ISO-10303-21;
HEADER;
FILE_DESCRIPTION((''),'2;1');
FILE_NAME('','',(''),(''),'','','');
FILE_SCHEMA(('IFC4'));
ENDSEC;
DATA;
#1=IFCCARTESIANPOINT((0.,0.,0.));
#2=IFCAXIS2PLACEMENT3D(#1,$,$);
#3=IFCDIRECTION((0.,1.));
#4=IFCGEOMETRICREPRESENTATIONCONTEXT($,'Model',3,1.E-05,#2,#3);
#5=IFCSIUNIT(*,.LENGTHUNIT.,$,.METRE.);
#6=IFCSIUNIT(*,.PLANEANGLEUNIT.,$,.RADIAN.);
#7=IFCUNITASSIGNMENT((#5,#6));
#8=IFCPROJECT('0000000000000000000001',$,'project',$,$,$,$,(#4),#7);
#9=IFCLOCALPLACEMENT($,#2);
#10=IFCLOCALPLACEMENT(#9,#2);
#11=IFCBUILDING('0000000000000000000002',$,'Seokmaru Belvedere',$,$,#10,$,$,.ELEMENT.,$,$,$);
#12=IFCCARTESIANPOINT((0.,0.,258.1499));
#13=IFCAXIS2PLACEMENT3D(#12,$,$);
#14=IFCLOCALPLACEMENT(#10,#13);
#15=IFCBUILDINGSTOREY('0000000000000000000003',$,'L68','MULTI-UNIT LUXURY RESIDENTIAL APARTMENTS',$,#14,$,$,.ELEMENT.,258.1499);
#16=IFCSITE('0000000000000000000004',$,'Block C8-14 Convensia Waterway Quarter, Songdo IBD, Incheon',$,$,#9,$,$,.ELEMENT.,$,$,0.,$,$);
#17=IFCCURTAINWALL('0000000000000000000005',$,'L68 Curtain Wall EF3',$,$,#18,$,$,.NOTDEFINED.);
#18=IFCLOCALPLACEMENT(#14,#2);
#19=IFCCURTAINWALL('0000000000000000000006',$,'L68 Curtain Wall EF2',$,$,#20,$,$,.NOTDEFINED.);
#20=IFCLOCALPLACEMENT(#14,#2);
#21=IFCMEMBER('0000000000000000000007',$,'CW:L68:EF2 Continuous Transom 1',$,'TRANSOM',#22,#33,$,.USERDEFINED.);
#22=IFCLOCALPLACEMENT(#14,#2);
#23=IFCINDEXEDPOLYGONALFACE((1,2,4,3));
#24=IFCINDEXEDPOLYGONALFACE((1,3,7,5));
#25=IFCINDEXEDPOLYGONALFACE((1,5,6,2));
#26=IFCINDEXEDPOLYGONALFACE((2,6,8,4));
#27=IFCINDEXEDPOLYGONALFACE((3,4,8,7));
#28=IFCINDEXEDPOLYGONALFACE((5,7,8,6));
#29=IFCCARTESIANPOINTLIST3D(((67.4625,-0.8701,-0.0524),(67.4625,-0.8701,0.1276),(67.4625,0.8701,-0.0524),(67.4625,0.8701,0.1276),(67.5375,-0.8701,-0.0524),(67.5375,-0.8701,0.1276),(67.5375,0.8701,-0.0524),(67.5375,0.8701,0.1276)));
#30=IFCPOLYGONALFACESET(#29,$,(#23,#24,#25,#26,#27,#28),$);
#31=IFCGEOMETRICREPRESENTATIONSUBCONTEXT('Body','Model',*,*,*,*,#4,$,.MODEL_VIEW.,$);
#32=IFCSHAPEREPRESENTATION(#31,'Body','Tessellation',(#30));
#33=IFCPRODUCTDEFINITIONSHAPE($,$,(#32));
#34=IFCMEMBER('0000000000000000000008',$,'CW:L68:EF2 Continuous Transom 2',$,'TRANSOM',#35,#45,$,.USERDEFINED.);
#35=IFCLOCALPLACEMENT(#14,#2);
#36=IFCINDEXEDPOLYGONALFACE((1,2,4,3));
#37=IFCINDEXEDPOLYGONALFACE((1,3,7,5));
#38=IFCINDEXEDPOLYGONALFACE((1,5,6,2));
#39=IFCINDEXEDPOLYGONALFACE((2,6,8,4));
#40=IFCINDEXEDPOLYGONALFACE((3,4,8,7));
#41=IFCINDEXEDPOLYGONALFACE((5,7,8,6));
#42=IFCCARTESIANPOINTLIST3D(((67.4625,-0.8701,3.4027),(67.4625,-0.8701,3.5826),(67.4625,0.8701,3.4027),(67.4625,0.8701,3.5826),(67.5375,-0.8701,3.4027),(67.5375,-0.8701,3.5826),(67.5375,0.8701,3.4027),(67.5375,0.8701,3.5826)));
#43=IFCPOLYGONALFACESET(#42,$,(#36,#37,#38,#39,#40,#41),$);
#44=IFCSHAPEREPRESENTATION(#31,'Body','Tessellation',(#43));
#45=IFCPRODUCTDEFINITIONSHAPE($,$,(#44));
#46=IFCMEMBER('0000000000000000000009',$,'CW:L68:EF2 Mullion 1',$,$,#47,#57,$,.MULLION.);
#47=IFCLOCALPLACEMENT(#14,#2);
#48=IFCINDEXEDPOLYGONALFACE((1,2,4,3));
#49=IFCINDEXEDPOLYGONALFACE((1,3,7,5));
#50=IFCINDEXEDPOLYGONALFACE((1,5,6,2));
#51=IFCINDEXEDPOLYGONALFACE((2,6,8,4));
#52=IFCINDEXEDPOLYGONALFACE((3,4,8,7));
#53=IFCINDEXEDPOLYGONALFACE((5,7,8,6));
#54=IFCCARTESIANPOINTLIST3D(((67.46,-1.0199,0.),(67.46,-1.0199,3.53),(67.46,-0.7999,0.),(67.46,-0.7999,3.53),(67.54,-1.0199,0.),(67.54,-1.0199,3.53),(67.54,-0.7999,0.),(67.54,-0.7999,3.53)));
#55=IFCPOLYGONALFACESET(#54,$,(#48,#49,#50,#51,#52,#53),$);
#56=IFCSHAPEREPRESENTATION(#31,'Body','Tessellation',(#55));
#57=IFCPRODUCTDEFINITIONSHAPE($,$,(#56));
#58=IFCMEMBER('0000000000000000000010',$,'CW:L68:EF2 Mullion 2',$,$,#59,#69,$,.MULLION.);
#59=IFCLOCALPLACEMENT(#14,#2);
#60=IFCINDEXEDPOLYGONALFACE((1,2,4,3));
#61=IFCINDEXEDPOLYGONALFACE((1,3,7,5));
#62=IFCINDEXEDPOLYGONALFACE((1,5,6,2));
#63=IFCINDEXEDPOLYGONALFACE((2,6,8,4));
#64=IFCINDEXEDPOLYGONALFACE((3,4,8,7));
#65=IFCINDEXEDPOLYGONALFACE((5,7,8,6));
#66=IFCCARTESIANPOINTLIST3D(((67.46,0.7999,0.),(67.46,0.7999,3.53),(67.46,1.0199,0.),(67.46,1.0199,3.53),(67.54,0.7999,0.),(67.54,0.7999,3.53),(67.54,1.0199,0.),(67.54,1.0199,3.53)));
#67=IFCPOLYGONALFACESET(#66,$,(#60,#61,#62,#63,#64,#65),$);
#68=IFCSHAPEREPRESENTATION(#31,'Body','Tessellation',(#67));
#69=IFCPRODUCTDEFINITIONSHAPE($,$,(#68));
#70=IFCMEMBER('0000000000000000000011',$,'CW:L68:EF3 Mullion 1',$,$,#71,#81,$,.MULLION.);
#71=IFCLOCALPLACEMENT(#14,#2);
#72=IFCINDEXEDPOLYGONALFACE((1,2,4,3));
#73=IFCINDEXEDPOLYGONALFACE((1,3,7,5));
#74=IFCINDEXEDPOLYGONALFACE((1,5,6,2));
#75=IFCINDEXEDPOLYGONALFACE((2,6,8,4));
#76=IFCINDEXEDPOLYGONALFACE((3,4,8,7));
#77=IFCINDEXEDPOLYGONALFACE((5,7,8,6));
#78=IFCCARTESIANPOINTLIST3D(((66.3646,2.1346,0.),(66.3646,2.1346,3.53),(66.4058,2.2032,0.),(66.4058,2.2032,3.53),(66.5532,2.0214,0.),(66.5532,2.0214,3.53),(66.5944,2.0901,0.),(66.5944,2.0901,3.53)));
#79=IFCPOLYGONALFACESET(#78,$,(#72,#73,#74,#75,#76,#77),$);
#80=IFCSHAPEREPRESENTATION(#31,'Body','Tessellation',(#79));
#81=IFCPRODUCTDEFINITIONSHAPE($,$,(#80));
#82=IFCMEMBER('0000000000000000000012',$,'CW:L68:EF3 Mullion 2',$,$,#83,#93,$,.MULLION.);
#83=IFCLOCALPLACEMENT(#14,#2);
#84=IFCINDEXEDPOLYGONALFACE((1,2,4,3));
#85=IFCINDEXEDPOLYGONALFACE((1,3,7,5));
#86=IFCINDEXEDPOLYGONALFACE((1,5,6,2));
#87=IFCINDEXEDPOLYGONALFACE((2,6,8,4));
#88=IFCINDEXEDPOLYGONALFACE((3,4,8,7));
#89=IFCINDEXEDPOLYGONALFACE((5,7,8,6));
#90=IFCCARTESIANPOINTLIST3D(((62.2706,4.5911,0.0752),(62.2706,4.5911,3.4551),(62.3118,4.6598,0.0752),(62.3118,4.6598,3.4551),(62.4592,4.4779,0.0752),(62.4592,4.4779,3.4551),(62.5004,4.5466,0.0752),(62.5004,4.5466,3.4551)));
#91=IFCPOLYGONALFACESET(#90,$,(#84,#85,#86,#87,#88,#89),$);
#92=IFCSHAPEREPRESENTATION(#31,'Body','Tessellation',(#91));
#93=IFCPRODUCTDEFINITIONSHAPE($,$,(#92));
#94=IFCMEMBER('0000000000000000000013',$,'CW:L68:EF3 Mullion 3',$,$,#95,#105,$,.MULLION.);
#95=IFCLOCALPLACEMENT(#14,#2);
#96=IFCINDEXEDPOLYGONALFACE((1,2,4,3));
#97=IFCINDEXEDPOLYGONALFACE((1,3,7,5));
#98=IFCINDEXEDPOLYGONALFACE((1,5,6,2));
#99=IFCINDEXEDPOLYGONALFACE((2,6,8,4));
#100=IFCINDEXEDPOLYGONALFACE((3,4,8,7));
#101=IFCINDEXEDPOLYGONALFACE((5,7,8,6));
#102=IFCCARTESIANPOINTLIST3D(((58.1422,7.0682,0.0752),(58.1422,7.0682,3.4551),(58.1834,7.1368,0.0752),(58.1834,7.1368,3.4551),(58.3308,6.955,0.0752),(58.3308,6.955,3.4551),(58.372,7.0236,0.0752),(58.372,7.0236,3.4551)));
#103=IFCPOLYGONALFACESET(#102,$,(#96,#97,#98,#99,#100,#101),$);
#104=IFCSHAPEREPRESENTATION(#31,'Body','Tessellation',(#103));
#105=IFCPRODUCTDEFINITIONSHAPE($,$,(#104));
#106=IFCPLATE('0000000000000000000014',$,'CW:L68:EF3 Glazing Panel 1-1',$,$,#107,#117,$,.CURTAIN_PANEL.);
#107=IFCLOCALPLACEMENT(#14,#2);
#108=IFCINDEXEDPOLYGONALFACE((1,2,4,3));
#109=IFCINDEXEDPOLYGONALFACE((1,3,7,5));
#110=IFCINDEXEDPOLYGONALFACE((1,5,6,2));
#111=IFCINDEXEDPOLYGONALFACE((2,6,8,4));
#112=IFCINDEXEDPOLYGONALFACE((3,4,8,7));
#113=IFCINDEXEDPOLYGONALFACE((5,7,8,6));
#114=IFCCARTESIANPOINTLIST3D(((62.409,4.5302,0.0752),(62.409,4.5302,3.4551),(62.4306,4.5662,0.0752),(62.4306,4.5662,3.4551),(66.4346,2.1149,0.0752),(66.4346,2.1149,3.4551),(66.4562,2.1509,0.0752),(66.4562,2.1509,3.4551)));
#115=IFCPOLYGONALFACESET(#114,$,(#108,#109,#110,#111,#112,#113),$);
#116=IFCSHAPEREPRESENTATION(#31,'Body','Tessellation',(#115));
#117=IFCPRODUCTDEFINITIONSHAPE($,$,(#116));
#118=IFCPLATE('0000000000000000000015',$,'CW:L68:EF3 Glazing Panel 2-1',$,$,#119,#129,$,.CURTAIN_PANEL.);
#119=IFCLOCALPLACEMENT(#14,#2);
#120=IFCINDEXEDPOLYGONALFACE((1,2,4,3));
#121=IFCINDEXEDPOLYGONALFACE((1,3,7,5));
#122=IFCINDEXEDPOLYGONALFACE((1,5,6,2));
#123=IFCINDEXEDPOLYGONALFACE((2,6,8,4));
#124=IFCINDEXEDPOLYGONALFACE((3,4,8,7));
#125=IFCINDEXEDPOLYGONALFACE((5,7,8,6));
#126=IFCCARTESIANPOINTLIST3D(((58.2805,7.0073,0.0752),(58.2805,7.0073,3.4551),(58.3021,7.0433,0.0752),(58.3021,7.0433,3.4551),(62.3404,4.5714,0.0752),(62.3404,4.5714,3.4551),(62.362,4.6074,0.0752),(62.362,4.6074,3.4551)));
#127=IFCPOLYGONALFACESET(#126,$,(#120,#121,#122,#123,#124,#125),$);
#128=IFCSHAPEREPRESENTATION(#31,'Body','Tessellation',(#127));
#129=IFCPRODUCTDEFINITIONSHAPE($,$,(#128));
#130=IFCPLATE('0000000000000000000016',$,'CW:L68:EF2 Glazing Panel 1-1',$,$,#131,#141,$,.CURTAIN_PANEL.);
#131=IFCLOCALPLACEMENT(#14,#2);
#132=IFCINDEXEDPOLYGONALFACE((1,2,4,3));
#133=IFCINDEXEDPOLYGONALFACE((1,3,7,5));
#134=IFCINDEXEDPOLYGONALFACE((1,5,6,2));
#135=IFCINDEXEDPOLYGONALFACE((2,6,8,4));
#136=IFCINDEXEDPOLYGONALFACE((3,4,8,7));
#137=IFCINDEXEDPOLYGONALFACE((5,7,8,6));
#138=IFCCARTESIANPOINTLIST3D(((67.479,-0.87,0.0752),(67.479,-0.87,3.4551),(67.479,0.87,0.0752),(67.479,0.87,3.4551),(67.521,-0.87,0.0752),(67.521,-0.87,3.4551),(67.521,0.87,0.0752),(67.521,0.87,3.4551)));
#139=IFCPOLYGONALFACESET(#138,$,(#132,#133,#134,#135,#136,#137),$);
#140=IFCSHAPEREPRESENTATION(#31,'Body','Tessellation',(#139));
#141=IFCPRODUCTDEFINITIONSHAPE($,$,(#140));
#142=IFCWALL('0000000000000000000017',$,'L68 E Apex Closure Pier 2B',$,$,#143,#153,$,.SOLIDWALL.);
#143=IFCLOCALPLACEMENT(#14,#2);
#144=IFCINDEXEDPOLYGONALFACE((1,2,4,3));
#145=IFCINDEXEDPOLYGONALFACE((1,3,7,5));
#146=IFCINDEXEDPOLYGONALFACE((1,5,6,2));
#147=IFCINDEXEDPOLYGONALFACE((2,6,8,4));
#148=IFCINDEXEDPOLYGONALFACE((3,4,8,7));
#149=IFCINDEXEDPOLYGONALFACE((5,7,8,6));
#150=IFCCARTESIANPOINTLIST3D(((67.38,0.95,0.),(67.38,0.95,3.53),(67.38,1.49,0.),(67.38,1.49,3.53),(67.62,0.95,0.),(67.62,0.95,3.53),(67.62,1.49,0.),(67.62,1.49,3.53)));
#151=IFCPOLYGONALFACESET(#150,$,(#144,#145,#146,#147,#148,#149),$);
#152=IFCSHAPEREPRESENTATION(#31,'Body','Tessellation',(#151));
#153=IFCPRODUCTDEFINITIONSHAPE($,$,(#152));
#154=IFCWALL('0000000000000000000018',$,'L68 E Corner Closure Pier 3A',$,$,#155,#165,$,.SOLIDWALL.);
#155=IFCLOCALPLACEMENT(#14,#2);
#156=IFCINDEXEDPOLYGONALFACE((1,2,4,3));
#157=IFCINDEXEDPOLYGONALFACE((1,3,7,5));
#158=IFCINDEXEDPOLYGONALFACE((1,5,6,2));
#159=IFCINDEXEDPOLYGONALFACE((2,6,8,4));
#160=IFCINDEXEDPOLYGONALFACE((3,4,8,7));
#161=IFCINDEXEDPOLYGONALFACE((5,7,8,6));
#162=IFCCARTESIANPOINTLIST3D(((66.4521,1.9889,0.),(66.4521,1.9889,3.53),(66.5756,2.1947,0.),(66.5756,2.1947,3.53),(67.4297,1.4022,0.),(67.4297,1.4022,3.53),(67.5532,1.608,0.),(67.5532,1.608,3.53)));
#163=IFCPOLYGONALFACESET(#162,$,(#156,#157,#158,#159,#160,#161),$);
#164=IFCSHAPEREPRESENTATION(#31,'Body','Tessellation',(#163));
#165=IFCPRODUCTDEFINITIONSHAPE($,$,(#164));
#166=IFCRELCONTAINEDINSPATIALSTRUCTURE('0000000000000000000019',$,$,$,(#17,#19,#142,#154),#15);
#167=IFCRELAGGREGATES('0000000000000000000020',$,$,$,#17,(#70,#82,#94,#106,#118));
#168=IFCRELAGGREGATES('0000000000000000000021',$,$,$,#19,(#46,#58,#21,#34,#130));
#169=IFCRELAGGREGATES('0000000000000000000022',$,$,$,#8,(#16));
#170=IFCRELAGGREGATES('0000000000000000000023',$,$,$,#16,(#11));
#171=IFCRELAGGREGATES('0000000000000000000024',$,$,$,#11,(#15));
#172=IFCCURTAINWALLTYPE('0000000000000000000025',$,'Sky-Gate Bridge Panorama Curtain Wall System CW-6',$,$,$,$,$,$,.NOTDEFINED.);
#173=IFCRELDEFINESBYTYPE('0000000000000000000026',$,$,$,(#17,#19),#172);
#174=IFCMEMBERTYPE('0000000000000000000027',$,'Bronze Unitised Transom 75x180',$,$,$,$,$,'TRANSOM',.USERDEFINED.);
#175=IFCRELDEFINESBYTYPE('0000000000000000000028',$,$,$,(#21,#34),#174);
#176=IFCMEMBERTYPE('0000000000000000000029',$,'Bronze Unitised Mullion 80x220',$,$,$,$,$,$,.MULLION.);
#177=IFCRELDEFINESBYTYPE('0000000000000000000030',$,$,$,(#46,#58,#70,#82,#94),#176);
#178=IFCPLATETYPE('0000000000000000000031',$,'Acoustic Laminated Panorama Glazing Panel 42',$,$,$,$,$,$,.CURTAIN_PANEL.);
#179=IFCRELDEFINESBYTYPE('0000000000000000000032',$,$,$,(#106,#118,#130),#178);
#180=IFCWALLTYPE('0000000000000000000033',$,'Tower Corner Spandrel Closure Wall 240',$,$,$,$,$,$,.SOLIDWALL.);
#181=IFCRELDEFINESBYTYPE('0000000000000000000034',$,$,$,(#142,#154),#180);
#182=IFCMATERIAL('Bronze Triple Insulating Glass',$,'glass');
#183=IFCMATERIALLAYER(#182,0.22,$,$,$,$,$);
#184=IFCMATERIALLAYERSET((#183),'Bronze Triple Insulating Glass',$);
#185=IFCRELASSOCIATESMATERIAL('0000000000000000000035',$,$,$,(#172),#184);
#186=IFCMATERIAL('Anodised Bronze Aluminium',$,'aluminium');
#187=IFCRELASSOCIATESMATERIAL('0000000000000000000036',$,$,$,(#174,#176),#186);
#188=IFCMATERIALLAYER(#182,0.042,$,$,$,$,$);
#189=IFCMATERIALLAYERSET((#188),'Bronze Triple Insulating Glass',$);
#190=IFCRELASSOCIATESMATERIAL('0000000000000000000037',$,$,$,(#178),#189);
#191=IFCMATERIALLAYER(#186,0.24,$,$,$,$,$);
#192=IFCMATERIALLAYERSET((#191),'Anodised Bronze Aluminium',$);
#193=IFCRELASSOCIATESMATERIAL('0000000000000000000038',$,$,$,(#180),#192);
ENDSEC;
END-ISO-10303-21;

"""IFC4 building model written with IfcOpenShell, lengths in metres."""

from ifc_helpers import new_model, si_unit, direction, frame, frame_2d, origin, origin_2d, place, context, subcontext, project, spatial, rectangle, extrude, source, transform, mapped, material, layer, layer_set, material_profile, profile_set, type_object, type_shapes, element, aggregate, save


model = new_model("IFC4")

# Units and contexts
model_context = context("Model", 3, precision=1e-05, world=origin(), true_north=direction((0.0, 1.0)))
body_context = subcontext(model_context, "Body", "Model", "MODEL_VIEW")
ifc_project = project(units=[si_unit("LENGTHUNIT", "METRE"), si_unit("PLANEANGLEUNIT", "RADIAN")], contexts=[model_context])

# Site, building, storey
site_placement = place(None, origin())
site = spatial("IfcSite", under=ifc_project, at=site_placement, Name="Block C8-14 Convensia Waterway Quarter, Songdo IBD, Incheon", CompositionType="ELEMENT", RefElevation=0.0)
building_placement = place(site_placement, origin())
building = spatial("IfcBuilding", under=site, at=building_placement, Name="Seokmaru Belvedere", CompositionType="ELEMENT")
storey_placement = place(building_placement, frame((0.0, 0.0, 258.1499)))
storey = spatial("IfcBuildingStorey", under=building, at=storey_placement, Name="L68", Description="MULTI-UNIT LUXURY RESIDENTIAL APARTMENTS", CompositionType="ELEMENT", Elevation=258.1499)

# Curtain walls, members
ifc_material_1 = material(Name="Bronze Triple Insulating Glass", Category="glass")
ifc_layer_1 = layer(ifc_material_1, 0.22)
ifc_layer_set_1 = layer_set([ifc_layer_1], Name="Bronze Triple Insulating Glass")
curtain_wall_type = type_object("IfcCurtainWallType", Name="Sky-Gate Bridge Panorama Curtain Wall System CW-6", PredefinedType="NOTDEFINED", material=ifc_layer_set_1)
curtain_wall_1_placement = place(storey_placement, origin())
curtain_wall_1 = element("IfcCurtainWall", 1, at=curtain_wall_1_placement, inside=storey, type_object=curtain_wall_type, Name="L68 Curtain Wall EF3", PredefinedType="NOTDEFINED")
ifc_material_2 = material(Name="Anodised Bronze Aluminium", Category="aluminium")
ifc_material_profile_1 = material_profile(ifc_material_2, rectangle(XDim=0.075, YDim=0.1799, at=origin_2d()), Name="CW-T-75x180")
ifc_profile_set_1 = profile_set([ifc_material_profile_1], Name="Anodised Bronze Aluminium")
member_type_1 = type_object("IfcMemberType", Name="Bronze Unitised Transom 75x180", ElementType="TRANSOM", PredefinedType="USERDEFINED", material=ifc_profile_set_1)
curtain_wall_2_placement = place(storey_placement, origin())
curtain_wall_2 = element("IfcCurtainWall", 2, at=curtain_wall_2_placement, inside=storey, type_object=curtain_wall_type, Name="L68 Curtain Wall EF2", PredefinedType="NOTDEFINED")
shared_shape_1 = source(origin(), body_context, "Body", "SweptSolid", [
    extrude(rectangle(XDim=0.075, YDim=0.1799, at=origin_2d()), origin(), (0.0, 0.0, 1.0), 1.7402),
])
member_1_placement = place(storey_placement, frame((67.5, -0.8701, 0.0376), z_axis=(0.0, 1.0, 0.0), x_axis=(-1.0, 0.0, 0.0)))
member_1 = element("IfcMember", 3, at=member_1_placement, type_object=member_type_1, Name="CW:L68:EF2 Continuous Transom 1", ObjectType="TRANSOM", PredefinedType="USERDEFINED", context=body_context, shape_type="MappedRepresentation", body=[
    mapped(shared_shape_1, transform((0.0, 0.0, 0.0), scale=1.0)),
])
member_2_placement = place(storey_placement, frame((67.5, -0.8701, 3.4927), z_axis=(0.0, 1.0, 0.0), x_axis=(-1.0, 0.0, 0.0)))
member_2 = element("IfcMember", 4, at=member_2_placement, type_object=member_type_1, Name="CW:L68:EF2 Continuous Transom 2", ObjectType="TRANSOM", PredefinedType="USERDEFINED", context=body_context, shape_type="MappedRepresentation", body=[
    mapped(shared_shape_1, transform((0.0, 0.0, 0.0), scale=1.0)),
])
ifc_material_profile_2 = material_profile(ifc_material_2, rectangle(XDim=0.0801, YDim=0.22, at=origin_2d()), Name="CW-M-80x220")
ifc_profile_set_2 = profile_set([ifc_material_profile_2], Name="Anodised Bronze Aluminium")
member_type_2 = type_object("IfcMemberType", Name="Bronze Unitised Mullion 80x220", PredefinedType="MULLION", material=ifc_profile_set_2)
shared_shape_2 = source(origin(), body_context, "Body", "SweptSolid", [
    extrude(rectangle(XDim=0.0801, YDim=0.22, at=origin_2d()), origin(), (0.0, 0.0, 1.0), 3.53),
])
member_3_placement = place(storey_placement, frame((67.5, -0.9099, 0.0), z_axis=(0.0, 0.0, 1.0), x_axis=(-1.0, 0.0, 0.0)))
member_3 = element("IfcMember", 5, at=member_3_placement, type_object=member_type_2, Name="CW:L68:EF2 Mullion 1", PredefinedType="MULLION", context=body_context, shape_type="MappedRepresentation", body=[
    mapped(shared_shape_2, transform((0.0, 0.0, 0.0), scale=1.0)),
])
member_4_placement = place(storey_placement, frame((67.5, 0.9099, 0.0), z_axis=(0.0, 0.0, 1.0), x_axis=(-1.0, 0.0, 0.0)))
member_4 = element("IfcMember", 6, at=member_4_placement, type_object=member_type_2, Name="CW:L68:EF2 Mullion 2", PredefinedType="MULLION", context=body_context, shape_type="MappedRepresentation", body=[
    mapped(shared_shape_2, transform((0.0, 0.0, 0.0), scale=1.0)),
])

# Members
member_5_placement = place(storey_placement, frame((66.4795, 2.1123, 0.0), z_axis=(0.0, 0.0, 1.0), x_axis=(-0.514495, -0.857493, 0.0)))
member_5 = element("IfcMember", 7, at=member_5_placement, type_object=member_type_2, Name="CW:L68:EF3 Mullion 1", PredefinedType="MULLION", context=body_context, shape_type="MappedRepresentation", body=[
    mapped(shared_shape_2, transform((0.0, 0.0, 0.0), scale=1.0)),
])
shared_shape_3 = source(origin(), body_context, "Body", "SweptSolid", [
    extrude(rectangle(XDim=0.0801, YDim=0.22, at=origin_2d()), origin(), (0.0, 0.0, 1.0), 3.3799),
])
type_shapes(member_type_2, [shared_shape_2, shared_shape_3])
member_6_placement = place(storey_placement, frame((62.3855, 4.5688, 0.0752), z_axis=(0.0, 0.0, 1.0), x_axis=(-0.514495, -0.857493, 0.0)))
member_6 = element("IfcMember", 8, at=member_6_placement, type_object=member_type_2, Name="CW:L68:EF3 Mullion 2", PredefinedType="MULLION", context=body_context, shape_type="MappedRepresentation", body=[
    mapped(shared_shape_3, transform((0.0, 0.0, 0.0), scale=1.0)),
])
member_7_placement = place(storey_placement, frame((58.2571, 7.0459, 0.0752), z_axis=(0.0, 0.0, 1.0), x_axis=(-0.514495, -0.857493, 0.0)))
member_7 = element("IfcMember", 9, at=member_7_placement, type_object=member_type_2, Name="CW:L68:EF3 Mullion 3", PredefinedType="MULLION", context=body_context, shape_type="MappedRepresentation", body=[
    mapped(shared_shape_3, transform((0.0, 0.0, 0.0), scale=1.0)),
])

# Plates
ifc_layer_2 = layer(ifc_material_1, 0.042)
ifc_layer_set_2 = layer_set([ifc_layer_2], Name="Bronze Triple Insulating Glass")
plate_type = type_object("IfcPlateType", Name="Acoustic Laminated Panorama Glazing Panel 42", PredefinedType="CURTAIN_PANEL", material=ifc_layer_set_2)
shared_shape_4 = source(origin(), body_context, "Body", "SweptSolid", [
    extrude(rectangle(XDim=4.6946, YDim=0.042, at=origin_2d()), origin(), (0.0, 0.0, 1.0), 3.3799),
])
plate_1_placement = place(storey_placement, frame((64.4326, 3.3406, 0.0752), z_axis=(0.0, 0.0, 1.0), x_axis=(-0.857493, 0.514495, 0.0)))
plate_1 = element("IfcPlate", 10, at=plate_1_placement, type_object=plate_type, Name="CW:L68:EF3 Glazing Panel 1-1", PredefinedType="CURTAIN_PANEL", context=body_context, shape_type="MappedRepresentation", body=[
    mapped(shared_shape_4, transform((0.0, 0.0, 0.0), scale=1.0)),
])
shared_shape_5 = source(origin(), body_context, "Body", "SweptSolid", [
    extrude(rectangle(XDim=4.7346, YDim=0.042, at=origin_2d()), origin(), (0.0, 0.0, 1.0), 3.3799),
])
plate_2_placement = place(storey_placement, frame((60.3213, 5.8074, 0.0752), z_axis=(0.0, 0.0, 1.0), x_axis=(-0.857493, 0.514495, 0.0)))
plate_2 = element("IfcPlate", 11, at=plate_2_placement, type_object=plate_type, Name="CW:L68:EF3 Glazing Panel 2-1", PredefinedType="CURTAIN_PANEL", context=body_context, shape_type="MappedRepresentation", body=[
    mapped(shared_shape_5, transform((0.0, 0.0, 0.0), scale=1.0)),
])
aggregate(curtain_wall_1, [member_5, member_6, member_7, plate_1, plate_2])
shared_shape_6 = source(origin(), body_context, "Body", "SweptSolid", [
    extrude(rectangle(XDim=1.74, YDim=0.042, at=origin_2d()), origin(), (0.0, 0.0, 1.0), 3.3799),
])
type_shapes(plate_type, [shared_shape_4, shared_shape_5, shared_shape_6])
plate_3_placement = place(storey_placement, frame((67.5, 0.0, 0.0752), z_axis=(0.0, 0.0, 1.0), x_axis=(0.0, 1.0, 0.0)))
plate_3 = element("IfcPlate", 12, at=plate_3_placement, type_object=plate_type, Name="CW:L68:EF2 Glazing Panel 1-1", PredefinedType="CURTAIN_PANEL", context=body_context, shape_type="MappedRepresentation", body=[
    mapped(shared_shape_6, transform((0.0, 0.0, 0.0), scale=1.0)),
])
aggregate(curtain_wall_2, [member_3, member_4, member_1, member_2, plate_3])

# Walls
ifc_layer_3 = layer(ifc_material_2, 0.24)
ifc_layer_set_3 = layer_set([ifc_layer_3], Name="Anodised Bronze Aluminium")
wall_type = type_object("IfcWallType", Name="Tower Corner Spandrel Closure Wall 240", PredefinedType="SOLIDWALL", material=ifc_layer_set_3)
wall_1_placement = place(storey_placement, frame((67.5, 0.95, 0.0), z_axis=(0.0, 0.0, 1.0), x_axis=(0.0, 1.0, 0.0)))
element("IfcWall", 13, at=wall_1_placement, inside=storey, type_object=wall_type, Name="L68 E Apex Closure Pier 2B", PredefinedType="SOLIDWALL", context=body_context, shape_type="SweptSolid", body=[
    extrude(rectangle(XDim=0.54, YDim=0.24, at=frame_2d((0.27, 0.0))), origin(), (0.0, 0.0, 1.0), 3.53),
])
wall_2_placement = place(storey_placement, frame((67.4915, 1.5051, 0.0), z_axis=(0.0, 0.0, 1.0), x_axis=(-0.857436, 0.51459, 0.0)))
element("IfcWall", 14, at=wall_2_placement, inside=storey, type_object=wall_type, Name="L68 E Corner Closure Pier 3A", PredefinedType="SOLIDWALL", context=body_context, shape_type="SweptSolid", body=[
    extrude(rectangle(XDim=1.1401, YDim=0.24, at=frame_2d((0.5701, 0.0))), origin(), (0.0, 0.0, 1.0), 3.53),
])

save(model, "model.ifc")
